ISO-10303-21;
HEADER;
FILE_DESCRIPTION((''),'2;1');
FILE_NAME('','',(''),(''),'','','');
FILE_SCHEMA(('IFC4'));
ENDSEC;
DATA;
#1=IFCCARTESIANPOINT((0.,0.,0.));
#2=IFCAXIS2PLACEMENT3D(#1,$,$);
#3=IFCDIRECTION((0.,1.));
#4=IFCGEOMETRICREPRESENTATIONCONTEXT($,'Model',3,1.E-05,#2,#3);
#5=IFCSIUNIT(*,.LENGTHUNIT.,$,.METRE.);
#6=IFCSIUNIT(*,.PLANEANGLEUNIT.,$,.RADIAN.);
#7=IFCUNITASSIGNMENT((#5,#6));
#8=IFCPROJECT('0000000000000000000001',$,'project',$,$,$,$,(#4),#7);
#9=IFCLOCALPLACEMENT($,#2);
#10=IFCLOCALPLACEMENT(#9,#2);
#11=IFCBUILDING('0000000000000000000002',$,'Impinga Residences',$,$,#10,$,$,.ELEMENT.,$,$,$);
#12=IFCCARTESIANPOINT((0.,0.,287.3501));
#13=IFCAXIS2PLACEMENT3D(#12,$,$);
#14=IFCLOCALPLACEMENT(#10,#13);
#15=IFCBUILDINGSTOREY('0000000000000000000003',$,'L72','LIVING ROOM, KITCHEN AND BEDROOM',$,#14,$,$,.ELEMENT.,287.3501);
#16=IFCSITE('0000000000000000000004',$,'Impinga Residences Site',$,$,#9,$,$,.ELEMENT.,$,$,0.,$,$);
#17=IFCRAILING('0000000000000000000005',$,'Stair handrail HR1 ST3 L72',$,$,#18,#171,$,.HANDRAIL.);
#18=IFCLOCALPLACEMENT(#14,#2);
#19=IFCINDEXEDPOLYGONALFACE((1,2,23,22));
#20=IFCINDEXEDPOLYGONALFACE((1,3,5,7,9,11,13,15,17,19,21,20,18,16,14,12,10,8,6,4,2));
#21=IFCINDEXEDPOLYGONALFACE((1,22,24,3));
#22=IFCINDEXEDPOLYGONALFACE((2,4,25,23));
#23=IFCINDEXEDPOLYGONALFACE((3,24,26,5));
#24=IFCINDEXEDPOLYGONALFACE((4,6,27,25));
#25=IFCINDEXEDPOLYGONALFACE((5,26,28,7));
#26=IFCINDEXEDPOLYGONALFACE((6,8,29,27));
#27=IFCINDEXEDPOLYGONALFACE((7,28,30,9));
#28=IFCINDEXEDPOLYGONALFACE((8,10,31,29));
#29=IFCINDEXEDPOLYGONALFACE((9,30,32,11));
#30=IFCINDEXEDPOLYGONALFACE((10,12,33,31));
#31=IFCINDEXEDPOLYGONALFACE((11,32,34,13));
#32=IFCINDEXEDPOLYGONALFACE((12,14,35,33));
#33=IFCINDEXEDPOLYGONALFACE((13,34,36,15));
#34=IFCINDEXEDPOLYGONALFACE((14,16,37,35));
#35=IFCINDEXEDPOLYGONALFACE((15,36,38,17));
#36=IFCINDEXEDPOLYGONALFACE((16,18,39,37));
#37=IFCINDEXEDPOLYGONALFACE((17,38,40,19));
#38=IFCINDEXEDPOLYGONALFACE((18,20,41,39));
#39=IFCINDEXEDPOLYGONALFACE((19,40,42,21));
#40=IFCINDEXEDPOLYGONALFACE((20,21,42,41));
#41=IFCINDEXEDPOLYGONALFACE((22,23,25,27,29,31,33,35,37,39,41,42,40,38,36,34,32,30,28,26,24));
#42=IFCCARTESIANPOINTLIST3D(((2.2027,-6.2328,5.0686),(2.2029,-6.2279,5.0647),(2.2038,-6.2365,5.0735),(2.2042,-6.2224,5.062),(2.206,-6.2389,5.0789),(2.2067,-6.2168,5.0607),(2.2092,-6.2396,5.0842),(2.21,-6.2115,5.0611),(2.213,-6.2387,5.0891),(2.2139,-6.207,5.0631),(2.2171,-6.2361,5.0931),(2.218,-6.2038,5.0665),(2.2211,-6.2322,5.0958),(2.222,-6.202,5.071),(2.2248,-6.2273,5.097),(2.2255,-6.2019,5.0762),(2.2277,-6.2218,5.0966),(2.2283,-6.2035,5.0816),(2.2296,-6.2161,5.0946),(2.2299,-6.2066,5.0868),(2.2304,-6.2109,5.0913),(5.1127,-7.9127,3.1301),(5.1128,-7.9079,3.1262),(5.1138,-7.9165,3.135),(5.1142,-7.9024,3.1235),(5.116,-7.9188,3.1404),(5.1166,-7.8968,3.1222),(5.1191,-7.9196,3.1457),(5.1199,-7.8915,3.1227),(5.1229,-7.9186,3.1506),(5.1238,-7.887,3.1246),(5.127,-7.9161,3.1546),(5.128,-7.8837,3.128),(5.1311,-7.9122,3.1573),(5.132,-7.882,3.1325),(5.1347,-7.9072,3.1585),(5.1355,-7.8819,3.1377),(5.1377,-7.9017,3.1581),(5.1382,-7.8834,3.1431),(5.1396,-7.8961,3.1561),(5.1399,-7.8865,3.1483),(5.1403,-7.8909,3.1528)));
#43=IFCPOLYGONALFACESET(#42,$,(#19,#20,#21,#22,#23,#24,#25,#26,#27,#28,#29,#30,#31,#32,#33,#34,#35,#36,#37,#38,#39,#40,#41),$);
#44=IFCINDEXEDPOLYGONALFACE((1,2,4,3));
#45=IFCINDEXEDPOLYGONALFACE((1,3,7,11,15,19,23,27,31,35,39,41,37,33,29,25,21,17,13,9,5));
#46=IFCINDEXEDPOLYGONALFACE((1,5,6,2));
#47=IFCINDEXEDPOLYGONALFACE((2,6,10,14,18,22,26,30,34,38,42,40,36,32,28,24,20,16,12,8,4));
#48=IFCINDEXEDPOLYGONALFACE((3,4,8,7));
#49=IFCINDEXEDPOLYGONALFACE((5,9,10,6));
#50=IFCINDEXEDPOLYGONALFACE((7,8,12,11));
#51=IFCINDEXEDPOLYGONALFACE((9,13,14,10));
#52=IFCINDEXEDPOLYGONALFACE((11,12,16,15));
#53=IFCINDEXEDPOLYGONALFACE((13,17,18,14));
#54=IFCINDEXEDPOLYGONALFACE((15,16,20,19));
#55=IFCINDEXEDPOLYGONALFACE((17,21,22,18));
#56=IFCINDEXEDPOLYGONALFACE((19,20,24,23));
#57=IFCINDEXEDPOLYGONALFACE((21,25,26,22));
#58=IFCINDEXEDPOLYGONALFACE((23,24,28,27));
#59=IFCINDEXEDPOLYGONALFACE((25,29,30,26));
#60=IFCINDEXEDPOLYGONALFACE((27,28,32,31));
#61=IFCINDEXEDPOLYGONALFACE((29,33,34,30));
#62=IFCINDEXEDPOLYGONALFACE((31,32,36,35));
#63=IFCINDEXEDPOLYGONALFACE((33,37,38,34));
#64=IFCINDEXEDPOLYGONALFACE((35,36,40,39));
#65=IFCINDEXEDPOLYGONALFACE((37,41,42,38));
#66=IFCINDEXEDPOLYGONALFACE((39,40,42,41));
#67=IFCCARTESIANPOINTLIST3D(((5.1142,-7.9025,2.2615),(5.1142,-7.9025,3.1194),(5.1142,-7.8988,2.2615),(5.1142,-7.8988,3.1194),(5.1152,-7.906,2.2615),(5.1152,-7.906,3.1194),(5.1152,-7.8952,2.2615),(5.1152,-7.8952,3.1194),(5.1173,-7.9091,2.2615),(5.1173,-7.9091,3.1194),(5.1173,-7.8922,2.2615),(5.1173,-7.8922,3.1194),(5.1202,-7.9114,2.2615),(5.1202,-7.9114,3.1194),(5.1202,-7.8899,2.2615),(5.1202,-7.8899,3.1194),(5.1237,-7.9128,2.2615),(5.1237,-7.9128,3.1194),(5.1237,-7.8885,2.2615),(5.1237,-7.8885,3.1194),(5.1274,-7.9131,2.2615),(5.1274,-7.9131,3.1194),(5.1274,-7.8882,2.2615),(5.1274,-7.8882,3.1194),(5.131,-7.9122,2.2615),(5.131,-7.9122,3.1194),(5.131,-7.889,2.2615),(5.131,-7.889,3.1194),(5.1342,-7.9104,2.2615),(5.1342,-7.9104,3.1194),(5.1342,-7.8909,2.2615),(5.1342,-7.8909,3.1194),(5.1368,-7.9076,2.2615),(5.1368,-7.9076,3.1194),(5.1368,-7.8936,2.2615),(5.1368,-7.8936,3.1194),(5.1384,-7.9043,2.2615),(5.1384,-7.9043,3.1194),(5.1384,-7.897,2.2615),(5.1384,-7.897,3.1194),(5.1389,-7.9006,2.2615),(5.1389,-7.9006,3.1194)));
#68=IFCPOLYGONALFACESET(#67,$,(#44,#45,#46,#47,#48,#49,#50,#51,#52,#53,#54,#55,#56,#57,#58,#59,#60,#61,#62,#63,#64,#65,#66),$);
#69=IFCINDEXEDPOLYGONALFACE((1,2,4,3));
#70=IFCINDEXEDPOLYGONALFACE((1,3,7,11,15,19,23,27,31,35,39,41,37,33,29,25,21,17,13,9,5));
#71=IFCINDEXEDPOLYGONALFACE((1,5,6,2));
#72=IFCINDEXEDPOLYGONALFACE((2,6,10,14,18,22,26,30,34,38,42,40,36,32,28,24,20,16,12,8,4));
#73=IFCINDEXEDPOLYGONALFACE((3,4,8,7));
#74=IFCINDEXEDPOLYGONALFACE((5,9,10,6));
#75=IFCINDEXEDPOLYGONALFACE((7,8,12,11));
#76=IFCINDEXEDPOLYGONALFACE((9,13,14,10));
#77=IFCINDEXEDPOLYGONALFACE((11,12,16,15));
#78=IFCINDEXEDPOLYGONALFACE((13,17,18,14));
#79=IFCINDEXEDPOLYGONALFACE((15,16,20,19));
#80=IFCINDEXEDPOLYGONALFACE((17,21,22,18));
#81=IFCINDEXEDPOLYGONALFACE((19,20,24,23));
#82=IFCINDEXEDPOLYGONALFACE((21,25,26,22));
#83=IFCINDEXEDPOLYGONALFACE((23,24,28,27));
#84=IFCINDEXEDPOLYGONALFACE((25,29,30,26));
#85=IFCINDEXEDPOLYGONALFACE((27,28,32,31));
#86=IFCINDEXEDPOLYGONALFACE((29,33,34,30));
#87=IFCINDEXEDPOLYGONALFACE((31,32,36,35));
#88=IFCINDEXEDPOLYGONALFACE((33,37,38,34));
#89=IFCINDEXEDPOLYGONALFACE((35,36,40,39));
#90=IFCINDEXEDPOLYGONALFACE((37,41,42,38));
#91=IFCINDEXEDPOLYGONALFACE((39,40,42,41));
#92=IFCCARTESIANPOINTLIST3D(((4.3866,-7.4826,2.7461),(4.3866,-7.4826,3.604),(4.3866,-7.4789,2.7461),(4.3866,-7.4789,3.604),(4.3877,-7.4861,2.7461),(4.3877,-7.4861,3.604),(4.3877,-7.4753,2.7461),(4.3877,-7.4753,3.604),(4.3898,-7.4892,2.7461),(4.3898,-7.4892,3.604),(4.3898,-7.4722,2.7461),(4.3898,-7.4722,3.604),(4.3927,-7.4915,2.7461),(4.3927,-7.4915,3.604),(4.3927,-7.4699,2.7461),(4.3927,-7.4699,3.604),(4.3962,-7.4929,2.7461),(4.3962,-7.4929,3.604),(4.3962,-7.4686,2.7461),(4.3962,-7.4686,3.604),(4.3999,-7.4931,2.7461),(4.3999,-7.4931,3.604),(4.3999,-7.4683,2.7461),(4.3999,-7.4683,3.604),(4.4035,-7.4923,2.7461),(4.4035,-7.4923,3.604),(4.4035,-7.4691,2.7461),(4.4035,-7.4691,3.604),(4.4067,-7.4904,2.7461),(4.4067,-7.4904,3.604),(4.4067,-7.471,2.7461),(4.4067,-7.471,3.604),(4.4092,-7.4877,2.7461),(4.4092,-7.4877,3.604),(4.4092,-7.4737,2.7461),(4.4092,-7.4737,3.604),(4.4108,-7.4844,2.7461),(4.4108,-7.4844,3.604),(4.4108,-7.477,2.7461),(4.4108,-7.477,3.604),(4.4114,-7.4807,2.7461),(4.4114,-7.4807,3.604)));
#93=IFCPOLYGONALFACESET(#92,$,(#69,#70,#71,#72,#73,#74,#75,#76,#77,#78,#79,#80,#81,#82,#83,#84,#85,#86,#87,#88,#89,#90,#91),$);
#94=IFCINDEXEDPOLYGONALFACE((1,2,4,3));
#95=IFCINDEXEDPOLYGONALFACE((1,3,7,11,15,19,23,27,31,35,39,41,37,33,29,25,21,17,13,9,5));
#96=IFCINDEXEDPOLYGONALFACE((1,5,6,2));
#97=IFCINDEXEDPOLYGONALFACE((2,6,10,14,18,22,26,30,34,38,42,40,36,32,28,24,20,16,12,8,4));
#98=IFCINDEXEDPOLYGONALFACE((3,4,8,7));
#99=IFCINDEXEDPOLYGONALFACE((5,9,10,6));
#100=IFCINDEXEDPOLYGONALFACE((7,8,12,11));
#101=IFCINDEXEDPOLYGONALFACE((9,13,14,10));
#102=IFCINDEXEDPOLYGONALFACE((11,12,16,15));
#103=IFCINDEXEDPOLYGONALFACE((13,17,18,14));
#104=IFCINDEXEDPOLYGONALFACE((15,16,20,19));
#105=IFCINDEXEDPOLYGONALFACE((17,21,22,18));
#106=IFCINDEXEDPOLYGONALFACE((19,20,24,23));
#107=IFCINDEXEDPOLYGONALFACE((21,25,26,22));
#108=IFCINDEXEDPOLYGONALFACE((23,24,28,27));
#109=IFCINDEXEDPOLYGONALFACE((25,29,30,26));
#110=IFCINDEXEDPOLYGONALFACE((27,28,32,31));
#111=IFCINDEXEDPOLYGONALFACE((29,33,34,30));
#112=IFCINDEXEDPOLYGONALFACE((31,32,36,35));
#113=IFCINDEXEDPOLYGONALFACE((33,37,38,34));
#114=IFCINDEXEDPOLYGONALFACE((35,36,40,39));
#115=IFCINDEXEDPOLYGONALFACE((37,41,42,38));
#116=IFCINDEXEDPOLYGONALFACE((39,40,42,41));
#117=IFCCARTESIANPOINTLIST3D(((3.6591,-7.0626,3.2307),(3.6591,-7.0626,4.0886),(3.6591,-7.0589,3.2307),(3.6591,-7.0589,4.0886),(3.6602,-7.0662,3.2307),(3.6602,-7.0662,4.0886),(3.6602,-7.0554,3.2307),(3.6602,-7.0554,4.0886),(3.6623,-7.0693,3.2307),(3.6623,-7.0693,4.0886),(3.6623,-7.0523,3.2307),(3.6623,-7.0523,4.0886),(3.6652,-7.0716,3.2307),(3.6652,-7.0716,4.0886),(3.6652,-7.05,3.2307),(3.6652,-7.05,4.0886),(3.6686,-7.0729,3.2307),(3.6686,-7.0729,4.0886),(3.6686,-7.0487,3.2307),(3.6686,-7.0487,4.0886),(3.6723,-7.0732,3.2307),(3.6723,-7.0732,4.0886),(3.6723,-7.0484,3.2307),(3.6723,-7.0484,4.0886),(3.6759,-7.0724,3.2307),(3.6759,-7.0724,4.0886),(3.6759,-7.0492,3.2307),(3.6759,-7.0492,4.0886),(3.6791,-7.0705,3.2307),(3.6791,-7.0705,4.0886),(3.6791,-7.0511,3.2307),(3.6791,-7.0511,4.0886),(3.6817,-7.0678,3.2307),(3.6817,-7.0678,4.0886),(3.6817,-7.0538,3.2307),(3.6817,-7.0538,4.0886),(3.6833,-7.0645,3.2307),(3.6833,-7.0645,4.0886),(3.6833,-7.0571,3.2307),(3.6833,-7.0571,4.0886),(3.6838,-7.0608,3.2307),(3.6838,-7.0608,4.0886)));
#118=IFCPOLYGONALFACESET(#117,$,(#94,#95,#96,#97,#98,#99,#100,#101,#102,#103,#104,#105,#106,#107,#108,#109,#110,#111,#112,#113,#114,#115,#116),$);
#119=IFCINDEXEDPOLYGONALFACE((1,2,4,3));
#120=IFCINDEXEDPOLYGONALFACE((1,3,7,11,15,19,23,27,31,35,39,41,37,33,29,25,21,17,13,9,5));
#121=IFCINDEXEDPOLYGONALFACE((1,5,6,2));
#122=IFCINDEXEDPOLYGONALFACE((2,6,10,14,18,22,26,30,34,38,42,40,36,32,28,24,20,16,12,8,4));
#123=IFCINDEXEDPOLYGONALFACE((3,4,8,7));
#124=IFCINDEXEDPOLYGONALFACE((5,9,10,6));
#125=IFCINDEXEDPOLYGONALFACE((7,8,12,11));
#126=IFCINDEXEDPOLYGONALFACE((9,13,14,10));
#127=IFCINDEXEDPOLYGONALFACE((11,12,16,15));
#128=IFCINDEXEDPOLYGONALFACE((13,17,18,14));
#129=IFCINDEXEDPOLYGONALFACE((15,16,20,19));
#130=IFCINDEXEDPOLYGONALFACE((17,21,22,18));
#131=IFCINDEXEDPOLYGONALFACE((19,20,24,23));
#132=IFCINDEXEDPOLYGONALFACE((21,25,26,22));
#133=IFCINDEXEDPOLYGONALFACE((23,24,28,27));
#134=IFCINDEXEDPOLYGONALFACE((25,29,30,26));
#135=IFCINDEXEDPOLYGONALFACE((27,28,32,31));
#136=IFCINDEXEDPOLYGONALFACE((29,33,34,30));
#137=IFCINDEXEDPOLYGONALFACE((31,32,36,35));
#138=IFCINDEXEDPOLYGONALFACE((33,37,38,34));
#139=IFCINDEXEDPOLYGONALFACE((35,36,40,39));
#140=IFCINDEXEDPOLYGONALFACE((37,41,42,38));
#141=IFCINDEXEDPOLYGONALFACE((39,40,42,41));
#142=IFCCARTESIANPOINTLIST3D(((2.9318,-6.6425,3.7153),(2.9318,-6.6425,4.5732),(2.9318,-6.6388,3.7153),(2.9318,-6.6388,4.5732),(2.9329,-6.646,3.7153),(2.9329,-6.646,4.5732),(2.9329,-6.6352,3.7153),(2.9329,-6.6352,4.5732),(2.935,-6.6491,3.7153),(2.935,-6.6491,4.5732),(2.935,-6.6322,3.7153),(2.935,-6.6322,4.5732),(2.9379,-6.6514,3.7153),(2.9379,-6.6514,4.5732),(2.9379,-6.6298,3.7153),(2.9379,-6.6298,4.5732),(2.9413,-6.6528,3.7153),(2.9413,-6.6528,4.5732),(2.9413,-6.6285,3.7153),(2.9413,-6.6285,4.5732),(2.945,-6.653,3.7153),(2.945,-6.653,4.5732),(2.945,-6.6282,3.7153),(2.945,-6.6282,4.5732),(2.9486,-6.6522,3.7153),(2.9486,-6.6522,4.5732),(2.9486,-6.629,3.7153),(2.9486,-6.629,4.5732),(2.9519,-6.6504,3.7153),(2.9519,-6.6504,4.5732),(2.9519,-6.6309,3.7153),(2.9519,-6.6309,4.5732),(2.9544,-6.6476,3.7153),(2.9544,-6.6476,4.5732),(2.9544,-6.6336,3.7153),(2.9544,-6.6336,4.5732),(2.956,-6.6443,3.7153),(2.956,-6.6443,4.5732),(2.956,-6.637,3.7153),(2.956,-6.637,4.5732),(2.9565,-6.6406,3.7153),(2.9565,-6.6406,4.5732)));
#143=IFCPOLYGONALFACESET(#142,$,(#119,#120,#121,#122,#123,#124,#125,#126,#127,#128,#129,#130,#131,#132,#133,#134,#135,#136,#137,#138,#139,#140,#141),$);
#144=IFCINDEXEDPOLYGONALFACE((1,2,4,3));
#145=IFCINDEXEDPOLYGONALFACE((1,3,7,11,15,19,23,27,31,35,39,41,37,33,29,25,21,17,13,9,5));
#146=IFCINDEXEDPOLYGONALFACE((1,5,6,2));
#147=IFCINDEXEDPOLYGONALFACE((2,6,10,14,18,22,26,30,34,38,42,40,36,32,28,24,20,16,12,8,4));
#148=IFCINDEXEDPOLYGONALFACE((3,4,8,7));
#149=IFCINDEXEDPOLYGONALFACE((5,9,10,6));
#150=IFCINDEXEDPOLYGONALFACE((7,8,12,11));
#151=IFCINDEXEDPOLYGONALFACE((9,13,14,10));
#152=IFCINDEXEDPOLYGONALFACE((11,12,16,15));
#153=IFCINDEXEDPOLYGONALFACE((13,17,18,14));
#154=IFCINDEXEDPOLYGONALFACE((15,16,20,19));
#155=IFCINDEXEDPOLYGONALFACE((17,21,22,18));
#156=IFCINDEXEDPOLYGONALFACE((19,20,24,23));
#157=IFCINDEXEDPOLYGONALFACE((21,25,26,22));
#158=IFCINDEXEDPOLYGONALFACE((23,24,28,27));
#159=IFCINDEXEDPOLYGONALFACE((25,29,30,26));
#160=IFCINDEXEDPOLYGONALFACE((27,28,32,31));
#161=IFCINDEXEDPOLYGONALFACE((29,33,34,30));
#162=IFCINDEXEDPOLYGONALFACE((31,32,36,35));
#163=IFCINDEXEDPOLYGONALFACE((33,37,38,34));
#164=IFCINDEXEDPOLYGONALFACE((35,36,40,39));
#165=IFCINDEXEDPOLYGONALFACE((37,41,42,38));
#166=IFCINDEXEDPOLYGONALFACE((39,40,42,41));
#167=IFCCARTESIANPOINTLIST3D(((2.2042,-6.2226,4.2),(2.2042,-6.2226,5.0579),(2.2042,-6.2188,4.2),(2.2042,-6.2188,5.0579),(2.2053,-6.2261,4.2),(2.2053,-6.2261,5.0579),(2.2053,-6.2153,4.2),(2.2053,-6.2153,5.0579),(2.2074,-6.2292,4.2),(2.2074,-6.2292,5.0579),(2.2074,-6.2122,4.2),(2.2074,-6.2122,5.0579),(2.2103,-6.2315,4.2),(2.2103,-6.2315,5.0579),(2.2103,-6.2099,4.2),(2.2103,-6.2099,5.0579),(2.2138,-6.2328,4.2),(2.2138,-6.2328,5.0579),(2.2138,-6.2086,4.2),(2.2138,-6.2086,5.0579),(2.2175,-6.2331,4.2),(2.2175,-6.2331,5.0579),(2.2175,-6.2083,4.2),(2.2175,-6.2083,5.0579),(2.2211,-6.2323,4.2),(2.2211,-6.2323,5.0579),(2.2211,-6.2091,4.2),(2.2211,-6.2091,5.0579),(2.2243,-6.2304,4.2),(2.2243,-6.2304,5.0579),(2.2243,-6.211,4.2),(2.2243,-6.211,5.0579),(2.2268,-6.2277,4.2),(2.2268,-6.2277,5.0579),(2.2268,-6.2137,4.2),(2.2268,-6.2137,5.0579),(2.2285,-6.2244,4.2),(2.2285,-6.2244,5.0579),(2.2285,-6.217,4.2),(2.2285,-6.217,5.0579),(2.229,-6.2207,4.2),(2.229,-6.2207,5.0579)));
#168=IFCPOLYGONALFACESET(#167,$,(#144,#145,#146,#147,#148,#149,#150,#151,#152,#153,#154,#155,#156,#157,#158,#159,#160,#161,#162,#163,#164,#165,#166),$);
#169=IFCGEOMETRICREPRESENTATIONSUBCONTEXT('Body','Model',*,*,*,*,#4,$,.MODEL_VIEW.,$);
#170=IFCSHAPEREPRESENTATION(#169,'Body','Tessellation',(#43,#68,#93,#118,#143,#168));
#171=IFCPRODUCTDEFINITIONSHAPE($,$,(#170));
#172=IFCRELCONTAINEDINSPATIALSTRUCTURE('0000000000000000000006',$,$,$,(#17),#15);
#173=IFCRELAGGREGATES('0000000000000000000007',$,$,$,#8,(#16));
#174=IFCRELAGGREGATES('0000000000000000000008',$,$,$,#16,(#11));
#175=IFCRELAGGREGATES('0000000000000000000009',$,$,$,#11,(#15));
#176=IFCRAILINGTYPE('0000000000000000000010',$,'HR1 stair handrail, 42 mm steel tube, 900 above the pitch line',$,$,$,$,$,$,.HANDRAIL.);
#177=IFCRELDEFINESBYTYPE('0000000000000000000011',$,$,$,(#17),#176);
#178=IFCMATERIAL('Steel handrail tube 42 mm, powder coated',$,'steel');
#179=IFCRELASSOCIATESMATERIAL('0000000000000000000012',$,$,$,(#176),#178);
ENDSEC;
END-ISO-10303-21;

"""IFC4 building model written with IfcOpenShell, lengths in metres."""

from ifc_helpers import new_model, si_unit, direction, frame, origin, origin_2d, place, context, subcontext, project, spatial, circle, extrude, material, type_object, element, save


model = new_model("IFC4")

# Units and contexts
model_context = context("Model", 3, precision=1e-05, world=origin(), true_north=direction((0.0, 1.0)))
body_context = subcontext(model_context, "Body", "Model", "MODEL_VIEW")
ifc_project = project(units=[si_unit("LENGTHUNIT", "METRE"), si_unit("PLANEANGLEUNIT", "RADIAN")], contexts=[model_context])

# Site, building, storey
site_placement = place(None, origin())
site = spatial("IfcSite", under=ifc_project, at=site_placement, Name="Impinga Residences Site", CompositionType="ELEMENT", RefElevation=0.0)
building_placement = place(site_placement, origin())
building = spatial("IfcBuilding", under=site, at=building_placement, Name="Impinga Residences", CompositionType="ELEMENT")
storey_placement = place(building_placement, frame((0.0, 0.0, 287.3501)))
storey = spatial("IfcBuildingStorey", under=building, at=storey_placement, Name="L72", Description="LIVING ROOM, KITCHEN AND BEDROOM", CompositionType="ELEMENT", Elevation=287.3501)

# Railing
ifc_material_1 = material(Name="Steel handrail tube 42 mm, powder coated", Category="steel")
railing_type_1 = type_object("IfcRailingType", Name="HR1 stair handrail, 42 mm steel tube, 900 above the pitch line", PredefinedType="HANDRAIL", material=ifc_material_1)
railing_1_placement = place(storey_placement, frame((5.1265, -7.9006, 2.2615)))
element("IfcRailing", 1, at=railing_1_placement, inside=storey, type_object=railing_type_1, Name="Stair handrail HR1 ST3 L72", PredefinedType="HANDRAIL", context=body_context, shape_type="SweptSolid", body=[
    extrude(circle(Radius=0.021, at=origin_2d()), frame((0.0, 0.0, 0.8789), z_axis=(-0.750151, 0.433072, 0.499723), x_axis=(-0.499976, -0.866039, 0.0)), (0.0, 0.0, 1.0), 3.8792),
    extrude(circle(Radius=0.0125, at=origin_2d()), origin(), (0.0, 0.0, 1.0), 0.8579),
    extrude(circle(Radius=0.0125, at=origin_2d()), frame((-0.7275, 0.4199, 0.4846)), (0.0, 0.0, 1.0), 0.8579),
    extrude(circle(Radius=0.0125, at=origin_2d()), frame((-1.4551, 0.8398, 0.9692)), (0.0, 0.0, 1.0), 0.8579),
    extrude(circle(Radius=0.0125, at=origin_2d()), frame((-2.1824, 1.26, 1.4539)), (0.0, 0.0, 1.0), 0.8579),
    extrude(circle(Radius=0.0125, at=origin_2d()), frame((-2.9099, 1.6799, 1.9385)), (0.0, 0.0, 1.0), 0.8579),
])

save(model, "model.ifc")
